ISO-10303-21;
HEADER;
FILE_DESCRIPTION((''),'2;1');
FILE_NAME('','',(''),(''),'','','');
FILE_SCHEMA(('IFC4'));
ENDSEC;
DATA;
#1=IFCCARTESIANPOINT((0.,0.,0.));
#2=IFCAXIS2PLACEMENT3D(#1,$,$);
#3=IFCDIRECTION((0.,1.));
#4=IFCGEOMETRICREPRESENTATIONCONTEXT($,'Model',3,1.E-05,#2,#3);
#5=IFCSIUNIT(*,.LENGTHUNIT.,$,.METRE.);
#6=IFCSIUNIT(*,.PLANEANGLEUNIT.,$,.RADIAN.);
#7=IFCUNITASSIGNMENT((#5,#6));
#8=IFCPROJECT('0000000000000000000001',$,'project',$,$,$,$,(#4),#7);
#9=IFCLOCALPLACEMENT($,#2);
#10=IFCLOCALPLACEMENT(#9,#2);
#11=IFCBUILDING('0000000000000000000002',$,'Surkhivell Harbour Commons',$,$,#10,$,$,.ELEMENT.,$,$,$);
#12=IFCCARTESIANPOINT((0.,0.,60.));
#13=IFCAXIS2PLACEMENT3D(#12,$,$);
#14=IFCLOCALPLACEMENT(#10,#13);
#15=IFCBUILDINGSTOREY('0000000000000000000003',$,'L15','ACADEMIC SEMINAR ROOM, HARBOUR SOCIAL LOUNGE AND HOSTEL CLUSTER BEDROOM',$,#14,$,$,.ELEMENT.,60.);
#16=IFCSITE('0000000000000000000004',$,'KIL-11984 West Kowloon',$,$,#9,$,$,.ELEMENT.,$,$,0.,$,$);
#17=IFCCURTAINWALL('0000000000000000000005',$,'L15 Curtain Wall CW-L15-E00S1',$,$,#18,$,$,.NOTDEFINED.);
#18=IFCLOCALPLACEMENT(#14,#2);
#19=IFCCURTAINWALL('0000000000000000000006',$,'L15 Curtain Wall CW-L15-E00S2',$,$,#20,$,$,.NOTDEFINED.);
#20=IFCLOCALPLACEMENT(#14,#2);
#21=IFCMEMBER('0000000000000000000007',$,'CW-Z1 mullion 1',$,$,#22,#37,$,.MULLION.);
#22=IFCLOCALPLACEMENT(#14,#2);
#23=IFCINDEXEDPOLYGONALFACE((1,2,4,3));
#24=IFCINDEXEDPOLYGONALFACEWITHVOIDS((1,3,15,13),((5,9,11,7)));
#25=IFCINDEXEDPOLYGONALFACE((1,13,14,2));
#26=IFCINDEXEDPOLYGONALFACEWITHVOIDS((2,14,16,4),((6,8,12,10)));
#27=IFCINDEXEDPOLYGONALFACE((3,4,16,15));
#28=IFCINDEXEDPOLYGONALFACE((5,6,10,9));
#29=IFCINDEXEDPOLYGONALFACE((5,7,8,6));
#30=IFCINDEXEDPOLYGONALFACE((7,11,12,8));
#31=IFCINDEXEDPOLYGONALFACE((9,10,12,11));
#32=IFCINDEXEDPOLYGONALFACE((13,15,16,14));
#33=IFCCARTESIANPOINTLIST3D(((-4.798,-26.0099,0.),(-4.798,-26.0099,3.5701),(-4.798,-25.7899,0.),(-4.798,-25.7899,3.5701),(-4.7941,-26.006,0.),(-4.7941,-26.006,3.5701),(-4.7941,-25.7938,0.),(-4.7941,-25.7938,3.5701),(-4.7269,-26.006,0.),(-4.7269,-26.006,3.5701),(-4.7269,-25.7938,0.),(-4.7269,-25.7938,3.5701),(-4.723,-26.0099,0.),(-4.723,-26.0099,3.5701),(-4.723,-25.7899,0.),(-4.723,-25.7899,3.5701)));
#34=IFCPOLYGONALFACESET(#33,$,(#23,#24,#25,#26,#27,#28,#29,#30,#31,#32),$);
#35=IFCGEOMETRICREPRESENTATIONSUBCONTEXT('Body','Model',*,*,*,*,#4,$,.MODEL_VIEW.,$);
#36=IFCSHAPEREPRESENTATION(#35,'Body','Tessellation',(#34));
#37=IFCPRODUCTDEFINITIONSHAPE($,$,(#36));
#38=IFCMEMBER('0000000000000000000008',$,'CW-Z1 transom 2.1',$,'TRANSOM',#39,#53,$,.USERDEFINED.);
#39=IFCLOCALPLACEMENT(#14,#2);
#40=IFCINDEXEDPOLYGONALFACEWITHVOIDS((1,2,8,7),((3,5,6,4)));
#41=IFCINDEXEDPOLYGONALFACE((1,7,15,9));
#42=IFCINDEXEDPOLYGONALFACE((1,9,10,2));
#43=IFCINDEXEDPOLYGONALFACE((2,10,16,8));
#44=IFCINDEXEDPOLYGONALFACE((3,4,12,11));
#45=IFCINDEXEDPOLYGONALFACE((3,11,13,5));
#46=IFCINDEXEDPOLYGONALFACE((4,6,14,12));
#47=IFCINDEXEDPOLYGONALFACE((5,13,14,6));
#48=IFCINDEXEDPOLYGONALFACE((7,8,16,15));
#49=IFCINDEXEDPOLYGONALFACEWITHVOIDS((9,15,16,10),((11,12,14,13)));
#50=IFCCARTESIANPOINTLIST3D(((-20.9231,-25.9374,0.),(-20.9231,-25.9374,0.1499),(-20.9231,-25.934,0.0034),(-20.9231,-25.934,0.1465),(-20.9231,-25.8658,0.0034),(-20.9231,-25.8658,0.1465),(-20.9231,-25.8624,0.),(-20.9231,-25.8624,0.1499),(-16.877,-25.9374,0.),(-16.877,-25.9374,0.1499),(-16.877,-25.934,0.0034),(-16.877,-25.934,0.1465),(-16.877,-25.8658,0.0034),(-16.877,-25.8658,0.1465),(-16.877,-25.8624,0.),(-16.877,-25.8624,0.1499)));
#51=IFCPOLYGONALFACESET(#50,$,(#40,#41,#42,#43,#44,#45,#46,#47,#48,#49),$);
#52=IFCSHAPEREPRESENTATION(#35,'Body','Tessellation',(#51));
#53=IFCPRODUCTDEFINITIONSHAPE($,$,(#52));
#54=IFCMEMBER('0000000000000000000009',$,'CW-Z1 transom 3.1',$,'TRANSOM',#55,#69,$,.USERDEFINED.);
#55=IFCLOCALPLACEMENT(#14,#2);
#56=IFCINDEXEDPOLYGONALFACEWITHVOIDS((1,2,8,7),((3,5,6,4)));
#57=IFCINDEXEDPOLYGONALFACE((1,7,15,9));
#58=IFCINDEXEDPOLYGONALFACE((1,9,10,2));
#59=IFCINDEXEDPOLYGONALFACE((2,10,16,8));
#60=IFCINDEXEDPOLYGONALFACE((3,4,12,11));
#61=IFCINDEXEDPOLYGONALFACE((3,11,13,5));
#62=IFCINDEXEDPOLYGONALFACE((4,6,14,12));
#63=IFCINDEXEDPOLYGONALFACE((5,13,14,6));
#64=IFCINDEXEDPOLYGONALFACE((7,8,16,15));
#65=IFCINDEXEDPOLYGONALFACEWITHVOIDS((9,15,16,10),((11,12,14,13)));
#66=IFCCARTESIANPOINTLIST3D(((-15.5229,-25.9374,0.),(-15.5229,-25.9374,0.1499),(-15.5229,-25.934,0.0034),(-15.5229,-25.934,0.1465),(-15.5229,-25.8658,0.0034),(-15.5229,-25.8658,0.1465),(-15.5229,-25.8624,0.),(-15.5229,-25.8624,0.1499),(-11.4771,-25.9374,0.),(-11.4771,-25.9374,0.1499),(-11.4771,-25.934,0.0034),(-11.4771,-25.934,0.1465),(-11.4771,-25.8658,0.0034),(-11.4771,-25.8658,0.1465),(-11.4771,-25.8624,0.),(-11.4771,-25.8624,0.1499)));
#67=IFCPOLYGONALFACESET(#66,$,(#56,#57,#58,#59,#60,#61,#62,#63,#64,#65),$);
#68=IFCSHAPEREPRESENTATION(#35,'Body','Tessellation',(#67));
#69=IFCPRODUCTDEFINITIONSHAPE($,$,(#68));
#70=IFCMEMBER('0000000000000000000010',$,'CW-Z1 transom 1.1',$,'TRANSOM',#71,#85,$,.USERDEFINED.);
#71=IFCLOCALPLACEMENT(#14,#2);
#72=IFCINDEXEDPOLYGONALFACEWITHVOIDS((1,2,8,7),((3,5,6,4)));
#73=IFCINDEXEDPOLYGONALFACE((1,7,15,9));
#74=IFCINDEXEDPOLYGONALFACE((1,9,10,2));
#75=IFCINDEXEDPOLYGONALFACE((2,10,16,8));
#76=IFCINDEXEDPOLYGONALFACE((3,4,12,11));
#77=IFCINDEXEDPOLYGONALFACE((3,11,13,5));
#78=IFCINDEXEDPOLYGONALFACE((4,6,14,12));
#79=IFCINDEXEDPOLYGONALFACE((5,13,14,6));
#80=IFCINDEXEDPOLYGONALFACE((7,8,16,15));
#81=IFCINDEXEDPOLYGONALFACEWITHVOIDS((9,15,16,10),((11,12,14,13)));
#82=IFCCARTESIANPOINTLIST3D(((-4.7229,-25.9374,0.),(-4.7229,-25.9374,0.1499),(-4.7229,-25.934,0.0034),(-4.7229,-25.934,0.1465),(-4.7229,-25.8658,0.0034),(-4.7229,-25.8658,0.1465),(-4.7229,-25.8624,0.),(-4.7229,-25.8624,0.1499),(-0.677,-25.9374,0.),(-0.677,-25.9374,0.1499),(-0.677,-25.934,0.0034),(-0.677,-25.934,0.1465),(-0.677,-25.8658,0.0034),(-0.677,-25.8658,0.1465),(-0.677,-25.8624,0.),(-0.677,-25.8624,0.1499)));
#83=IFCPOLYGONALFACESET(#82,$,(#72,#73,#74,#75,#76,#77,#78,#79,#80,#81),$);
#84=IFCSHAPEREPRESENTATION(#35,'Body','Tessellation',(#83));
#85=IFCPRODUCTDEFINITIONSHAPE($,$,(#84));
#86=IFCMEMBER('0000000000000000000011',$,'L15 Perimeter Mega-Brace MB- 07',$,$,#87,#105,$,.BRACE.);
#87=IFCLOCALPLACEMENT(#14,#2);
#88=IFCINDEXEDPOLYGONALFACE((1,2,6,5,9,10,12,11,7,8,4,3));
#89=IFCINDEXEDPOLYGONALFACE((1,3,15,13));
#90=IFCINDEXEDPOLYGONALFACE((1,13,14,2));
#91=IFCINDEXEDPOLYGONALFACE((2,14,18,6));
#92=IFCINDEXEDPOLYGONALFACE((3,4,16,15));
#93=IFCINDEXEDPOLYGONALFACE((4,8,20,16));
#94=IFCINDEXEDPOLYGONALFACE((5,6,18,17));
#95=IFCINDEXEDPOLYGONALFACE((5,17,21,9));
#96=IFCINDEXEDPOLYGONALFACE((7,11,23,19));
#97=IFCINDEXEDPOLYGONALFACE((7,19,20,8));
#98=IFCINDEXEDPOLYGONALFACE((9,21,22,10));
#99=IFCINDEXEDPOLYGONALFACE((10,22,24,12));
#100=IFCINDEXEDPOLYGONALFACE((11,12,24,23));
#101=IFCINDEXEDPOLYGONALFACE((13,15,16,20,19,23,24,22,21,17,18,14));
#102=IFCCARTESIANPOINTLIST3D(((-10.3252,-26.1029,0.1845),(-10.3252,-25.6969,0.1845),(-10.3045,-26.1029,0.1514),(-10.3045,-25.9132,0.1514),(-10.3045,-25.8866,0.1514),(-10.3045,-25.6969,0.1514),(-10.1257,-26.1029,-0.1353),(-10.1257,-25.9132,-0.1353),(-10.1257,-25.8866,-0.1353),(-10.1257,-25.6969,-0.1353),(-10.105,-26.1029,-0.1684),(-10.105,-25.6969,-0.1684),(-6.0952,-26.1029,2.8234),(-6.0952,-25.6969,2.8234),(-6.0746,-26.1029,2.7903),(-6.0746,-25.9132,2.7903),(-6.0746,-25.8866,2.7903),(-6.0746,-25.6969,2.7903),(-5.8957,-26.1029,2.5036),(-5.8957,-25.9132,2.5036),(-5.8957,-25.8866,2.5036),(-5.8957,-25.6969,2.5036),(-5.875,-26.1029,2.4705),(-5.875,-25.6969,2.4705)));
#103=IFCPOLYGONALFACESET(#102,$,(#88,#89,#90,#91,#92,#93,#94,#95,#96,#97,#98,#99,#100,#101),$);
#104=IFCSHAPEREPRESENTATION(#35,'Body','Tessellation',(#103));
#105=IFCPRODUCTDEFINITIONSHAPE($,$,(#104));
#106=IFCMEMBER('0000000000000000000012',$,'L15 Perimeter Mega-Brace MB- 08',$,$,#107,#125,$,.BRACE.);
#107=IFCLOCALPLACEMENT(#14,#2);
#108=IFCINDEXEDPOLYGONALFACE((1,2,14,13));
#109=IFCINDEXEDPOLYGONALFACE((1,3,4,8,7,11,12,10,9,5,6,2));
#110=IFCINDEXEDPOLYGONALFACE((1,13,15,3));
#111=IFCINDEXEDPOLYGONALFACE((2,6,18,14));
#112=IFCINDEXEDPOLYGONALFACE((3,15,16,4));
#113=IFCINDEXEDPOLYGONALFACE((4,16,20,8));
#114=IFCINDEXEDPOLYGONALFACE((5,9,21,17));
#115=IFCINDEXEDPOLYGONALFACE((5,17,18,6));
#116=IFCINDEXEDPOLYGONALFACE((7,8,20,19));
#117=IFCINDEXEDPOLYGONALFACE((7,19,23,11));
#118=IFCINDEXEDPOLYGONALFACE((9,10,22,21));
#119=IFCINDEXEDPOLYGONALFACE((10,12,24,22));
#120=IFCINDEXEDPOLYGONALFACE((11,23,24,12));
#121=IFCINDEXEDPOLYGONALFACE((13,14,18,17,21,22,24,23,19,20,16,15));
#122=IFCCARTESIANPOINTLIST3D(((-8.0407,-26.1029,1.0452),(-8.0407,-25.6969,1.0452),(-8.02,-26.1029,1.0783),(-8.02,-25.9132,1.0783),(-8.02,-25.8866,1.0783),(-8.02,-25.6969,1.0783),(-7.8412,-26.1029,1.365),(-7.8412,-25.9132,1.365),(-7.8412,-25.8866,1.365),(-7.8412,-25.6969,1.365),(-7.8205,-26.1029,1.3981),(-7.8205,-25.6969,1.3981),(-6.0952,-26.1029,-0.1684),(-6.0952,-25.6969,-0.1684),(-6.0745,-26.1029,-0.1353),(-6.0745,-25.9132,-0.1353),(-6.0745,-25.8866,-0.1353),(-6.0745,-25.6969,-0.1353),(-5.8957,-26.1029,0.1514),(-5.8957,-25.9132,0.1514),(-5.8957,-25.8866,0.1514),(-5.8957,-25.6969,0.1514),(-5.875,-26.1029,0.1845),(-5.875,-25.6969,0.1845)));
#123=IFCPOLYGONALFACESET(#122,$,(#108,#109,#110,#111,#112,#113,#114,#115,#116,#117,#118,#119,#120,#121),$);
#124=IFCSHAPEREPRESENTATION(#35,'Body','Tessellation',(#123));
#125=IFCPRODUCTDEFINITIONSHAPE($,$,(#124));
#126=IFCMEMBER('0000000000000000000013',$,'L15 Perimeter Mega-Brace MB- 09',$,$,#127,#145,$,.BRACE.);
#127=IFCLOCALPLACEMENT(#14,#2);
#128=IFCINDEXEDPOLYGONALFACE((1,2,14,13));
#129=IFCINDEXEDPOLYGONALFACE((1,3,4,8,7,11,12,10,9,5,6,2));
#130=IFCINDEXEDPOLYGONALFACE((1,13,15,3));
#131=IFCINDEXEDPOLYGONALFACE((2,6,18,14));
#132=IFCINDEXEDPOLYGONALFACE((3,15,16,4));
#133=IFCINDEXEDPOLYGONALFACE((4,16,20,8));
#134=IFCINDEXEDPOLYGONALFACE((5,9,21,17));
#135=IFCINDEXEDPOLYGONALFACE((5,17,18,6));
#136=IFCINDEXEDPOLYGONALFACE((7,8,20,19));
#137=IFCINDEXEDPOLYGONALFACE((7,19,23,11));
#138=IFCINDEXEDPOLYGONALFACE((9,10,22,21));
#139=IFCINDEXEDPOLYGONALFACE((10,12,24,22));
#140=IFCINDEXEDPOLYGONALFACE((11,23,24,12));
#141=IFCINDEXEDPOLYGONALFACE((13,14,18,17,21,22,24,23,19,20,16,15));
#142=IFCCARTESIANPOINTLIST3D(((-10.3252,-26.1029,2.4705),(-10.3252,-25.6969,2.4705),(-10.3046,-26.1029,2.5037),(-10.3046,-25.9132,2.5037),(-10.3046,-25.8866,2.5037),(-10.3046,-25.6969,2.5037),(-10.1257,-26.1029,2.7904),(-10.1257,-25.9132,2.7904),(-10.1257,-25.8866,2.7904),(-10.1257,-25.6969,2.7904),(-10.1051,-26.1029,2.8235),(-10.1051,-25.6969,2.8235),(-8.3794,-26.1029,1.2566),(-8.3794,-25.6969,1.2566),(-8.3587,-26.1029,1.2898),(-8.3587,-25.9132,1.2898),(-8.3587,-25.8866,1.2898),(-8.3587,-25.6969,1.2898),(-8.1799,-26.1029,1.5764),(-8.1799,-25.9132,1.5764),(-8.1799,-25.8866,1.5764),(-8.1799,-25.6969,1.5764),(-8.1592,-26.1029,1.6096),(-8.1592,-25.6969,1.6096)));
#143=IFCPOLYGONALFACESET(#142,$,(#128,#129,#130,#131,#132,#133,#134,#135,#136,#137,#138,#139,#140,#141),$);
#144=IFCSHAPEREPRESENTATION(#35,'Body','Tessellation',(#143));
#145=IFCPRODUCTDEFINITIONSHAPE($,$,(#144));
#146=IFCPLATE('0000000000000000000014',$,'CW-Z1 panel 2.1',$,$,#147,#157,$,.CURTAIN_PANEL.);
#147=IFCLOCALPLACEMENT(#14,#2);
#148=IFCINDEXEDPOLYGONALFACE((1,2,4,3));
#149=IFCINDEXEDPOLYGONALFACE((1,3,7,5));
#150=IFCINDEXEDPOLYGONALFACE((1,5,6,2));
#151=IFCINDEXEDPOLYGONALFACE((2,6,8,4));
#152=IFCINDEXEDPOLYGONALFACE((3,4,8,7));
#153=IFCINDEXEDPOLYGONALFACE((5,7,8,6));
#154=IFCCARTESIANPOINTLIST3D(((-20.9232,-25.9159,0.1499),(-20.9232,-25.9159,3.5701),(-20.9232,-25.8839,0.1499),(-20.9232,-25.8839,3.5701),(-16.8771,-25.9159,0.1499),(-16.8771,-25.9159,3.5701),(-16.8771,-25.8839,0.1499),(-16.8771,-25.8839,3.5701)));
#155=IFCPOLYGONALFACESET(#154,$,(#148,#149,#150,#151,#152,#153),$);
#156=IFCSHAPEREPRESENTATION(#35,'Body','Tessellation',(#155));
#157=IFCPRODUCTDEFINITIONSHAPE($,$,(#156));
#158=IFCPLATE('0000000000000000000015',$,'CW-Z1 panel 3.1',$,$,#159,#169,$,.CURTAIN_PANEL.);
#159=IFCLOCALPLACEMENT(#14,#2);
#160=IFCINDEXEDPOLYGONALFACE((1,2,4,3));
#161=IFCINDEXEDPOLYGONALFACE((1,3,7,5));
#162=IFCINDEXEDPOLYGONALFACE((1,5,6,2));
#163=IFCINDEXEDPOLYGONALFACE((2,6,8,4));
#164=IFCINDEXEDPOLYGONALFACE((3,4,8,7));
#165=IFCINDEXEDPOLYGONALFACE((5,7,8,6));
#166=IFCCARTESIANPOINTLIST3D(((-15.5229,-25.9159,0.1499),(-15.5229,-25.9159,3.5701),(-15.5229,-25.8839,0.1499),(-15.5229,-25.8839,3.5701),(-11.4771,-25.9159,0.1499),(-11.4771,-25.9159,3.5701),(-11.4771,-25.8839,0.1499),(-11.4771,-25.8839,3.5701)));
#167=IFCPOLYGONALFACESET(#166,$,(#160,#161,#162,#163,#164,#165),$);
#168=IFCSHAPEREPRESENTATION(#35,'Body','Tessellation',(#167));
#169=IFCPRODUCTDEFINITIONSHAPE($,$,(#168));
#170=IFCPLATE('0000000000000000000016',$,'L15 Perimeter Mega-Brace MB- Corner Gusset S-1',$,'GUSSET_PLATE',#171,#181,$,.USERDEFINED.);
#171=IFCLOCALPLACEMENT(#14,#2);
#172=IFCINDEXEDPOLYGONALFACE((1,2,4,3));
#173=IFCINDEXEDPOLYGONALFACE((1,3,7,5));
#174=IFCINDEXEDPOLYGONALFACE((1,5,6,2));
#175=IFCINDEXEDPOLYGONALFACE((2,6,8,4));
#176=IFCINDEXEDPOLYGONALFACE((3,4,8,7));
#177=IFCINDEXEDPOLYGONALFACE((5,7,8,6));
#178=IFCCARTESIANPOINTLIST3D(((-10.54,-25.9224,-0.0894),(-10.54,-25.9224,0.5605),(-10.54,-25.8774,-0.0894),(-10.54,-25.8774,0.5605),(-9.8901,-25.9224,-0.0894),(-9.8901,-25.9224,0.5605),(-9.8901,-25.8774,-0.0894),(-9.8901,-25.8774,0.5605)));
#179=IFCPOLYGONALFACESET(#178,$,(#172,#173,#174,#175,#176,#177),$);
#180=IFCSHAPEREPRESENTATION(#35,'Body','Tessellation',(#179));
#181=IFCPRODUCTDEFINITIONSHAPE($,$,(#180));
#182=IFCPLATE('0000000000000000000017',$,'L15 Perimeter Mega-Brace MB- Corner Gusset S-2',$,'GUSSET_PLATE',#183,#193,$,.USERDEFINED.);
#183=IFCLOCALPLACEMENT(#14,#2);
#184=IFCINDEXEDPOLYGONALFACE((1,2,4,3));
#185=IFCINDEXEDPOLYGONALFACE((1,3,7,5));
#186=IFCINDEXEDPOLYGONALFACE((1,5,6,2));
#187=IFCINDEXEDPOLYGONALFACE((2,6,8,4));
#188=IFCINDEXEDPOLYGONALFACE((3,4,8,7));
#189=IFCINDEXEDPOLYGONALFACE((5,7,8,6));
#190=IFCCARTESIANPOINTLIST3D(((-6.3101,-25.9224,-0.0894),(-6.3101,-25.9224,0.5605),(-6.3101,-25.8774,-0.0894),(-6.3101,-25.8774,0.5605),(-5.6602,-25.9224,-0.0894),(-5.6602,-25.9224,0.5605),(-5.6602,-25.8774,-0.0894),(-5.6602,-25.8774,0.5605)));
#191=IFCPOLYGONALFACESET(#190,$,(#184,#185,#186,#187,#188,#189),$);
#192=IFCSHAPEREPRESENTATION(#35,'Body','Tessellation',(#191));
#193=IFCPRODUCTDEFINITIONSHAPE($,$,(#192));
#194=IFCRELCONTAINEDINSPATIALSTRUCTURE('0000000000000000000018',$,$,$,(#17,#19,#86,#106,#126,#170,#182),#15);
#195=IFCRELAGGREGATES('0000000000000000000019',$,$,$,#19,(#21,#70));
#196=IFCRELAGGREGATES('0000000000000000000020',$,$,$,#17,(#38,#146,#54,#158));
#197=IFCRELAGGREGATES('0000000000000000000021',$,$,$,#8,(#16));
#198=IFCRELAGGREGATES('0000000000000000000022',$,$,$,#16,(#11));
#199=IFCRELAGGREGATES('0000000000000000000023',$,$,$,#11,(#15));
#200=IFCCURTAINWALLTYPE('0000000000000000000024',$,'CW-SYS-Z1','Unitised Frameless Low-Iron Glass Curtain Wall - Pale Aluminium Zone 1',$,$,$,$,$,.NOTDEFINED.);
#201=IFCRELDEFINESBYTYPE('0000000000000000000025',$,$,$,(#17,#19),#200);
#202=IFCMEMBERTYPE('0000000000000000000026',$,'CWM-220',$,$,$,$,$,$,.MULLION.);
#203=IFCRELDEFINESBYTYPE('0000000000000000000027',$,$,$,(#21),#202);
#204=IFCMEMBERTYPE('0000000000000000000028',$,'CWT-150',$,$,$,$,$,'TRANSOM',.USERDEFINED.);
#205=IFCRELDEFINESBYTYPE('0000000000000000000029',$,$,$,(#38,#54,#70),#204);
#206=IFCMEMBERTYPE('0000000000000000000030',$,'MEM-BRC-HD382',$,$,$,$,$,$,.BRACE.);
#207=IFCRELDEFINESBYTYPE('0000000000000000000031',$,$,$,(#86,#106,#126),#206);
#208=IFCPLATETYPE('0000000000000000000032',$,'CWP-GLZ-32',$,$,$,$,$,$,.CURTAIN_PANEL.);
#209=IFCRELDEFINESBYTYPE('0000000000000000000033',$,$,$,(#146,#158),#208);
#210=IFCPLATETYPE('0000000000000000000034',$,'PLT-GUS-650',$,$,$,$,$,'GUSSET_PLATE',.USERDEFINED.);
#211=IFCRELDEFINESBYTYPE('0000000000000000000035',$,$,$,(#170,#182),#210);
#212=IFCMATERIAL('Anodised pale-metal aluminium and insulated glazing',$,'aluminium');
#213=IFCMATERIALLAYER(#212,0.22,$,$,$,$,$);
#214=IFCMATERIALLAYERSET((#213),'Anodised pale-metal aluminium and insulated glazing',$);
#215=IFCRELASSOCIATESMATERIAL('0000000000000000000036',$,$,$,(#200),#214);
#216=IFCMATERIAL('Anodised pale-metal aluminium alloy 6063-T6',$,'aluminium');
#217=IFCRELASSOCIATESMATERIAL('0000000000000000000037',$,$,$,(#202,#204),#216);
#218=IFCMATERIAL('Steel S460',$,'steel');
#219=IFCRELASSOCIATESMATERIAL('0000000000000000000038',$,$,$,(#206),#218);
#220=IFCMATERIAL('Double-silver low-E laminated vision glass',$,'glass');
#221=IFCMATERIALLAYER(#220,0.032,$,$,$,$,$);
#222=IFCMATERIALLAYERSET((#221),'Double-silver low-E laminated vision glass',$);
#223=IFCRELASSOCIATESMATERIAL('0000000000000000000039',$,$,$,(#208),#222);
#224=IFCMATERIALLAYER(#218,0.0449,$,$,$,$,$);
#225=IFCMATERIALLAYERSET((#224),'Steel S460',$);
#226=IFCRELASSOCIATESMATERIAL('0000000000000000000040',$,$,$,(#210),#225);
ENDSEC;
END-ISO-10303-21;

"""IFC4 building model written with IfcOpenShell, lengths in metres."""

from ifc_helpers import new_model, si_unit, direction, frame, frame_2d, origin, origin_2d, place, context, subcontext, project, spatial, rectangle, hollow_rectangle, i_section, extrude, material, layer, layer_set, material_profile, profile_set, type_object, element, aggregate, save


model = new_model("IFC4")

# Units and contexts
model_context = context("Model", 3, precision=1e-05, world=origin(), true_north=direction((0.0, 1.0)))
body_context = subcontext(model_context, "Body", "Model", "MODEL_VIEW")
ifc_project = project(units=[si_unit("LENGTHUNIT", "METRE"), si_unit("PLANEANGLEUNIT", "RADIAN")], contexts=[model_context])

# Site, building, storey
site_placement = place(None, origin())
site = spatial("IfcSite", under=ifc_project, at=site_placement, Name="KIL-11984 West Kowloon", CompositionType="ELEMENT", RefElevation=0.0)
building_placement = place(site_placement, origin())
building = spatial("IfcBuilding", under=site, at=building_placement, Name="Surkhivell Harbour Commons", CompositionType="ELEMENT")
storey_placement = place(building_placement, frame((0.0, 0.0, 60.0)))
storey = spatial("IfcBuildingStorey", under=building, at=storey_placement, Name="L15", Description="ACADEMIC SEMINAR ROOM, HARBOUR SOCIAL LOUNGE AND HOSTEL CLUSTER BEDROOM", CompositionType="ELEMENT", Elevation=60.0)

# Shared definitions
ifc_material_1 = material(Name="Steel S460", Category="steel")

# Curtain wall
ifc_material_2 = material(Name="Anodised pale-metal aluminium and insulated glazing", Category="aluminium")
ifc_layer_1 = layer(ifc_material_2, 0.22)
ifc_layer_set_1 = layer_set([ifc_layer_1], Name="Anodised pale-metal aluminium and insulated glazing")
curtain_wall_type = type_object("IfcCurtainWallType", Name="CW-SYS-Z1", Description="Unitised Frameless Low-Iron Glass Curtain Wall - Pale Aluminium Zone 1", PredefinedType="NOTDEFINED", material=ifc_layer_set_1)
curtain_wall_1_placement = place(storey_placement, origin())
curtain_wall_1 = element("IfcCurtainWall", 1, at=curtain_wall_1_placement, inside=storey, type_object=curtain_wall_type, Name="L15 Curtain Wall CW-L15-E00S1", PredefinedType="NOTDEFINED")
ifc_material_3 = material(Name="Anodised pale-metal aluminium alloy 6063-T6", Category="aluminium")
ifc_material_profile_1 = material_profile(ifc_material_3, hollow_rectangle(XDim=0.075, YDim=0.22, WallThickness=0.0039, at=origin_2d()), Name="ALU-MULL-75x220")
ifc_profile_set_1 = profile_set([ifc_material_profile_1], Name="Anodised pale-metal aluminium alloy 6063-T6")
member_type_1 = type_object("IfcMemberType", Name="CWM-220", PredefinedType="MULLION", material=ifc_profile_set_1)

# Curtain wall, member
curtain_wall_2_placement = place(storey_placement, origin())
curtain_wall_2 = element("IfcCurtainWall", 2, at=curtain_wall_2_placement, inside=storey, type_object=curtain_wall_type, Name="L15 Curtain Wall CW-L15-E00S2", PredefinedType="NOTDEFINED")
member_1_placement = place(storey_placement, frame((-4.7605, -25.8999, 0.0), z_axis=(0.0, 0.0, 1.0), x_axis=(1.0, 0.0, 0.0)))
member_1 = element("IfcMember", 3, at=member_1_placement, type_object=member_type_1, Name="CW-Z1 mullion 1", PredefinedType="MULLION", context=body_context, shape_type="SweptSolid", body=[
    extrude(hollow_rectangle(XDim=0.075, YDim=0.22, WallThickness=0.0039, at=origin_2d()), origin(), (0.0, 0.0, 1.0), 3.5701),
])

# Members
ifc_material_profile_2 = material_profile(ifc_material_3, hollow_rectangle(XDim=0.075, YDim=0.1499, WallThickness=0.0034, at=origin_2d()), Name="ALU-TRAN-75x150")
ifc_profile_set_2 = profile_set([ifc_material_profile_2], Name="Anodised pale-metal aluminium alloy 6063-T6")
member_type_2 = type_object("IfcMemberType", Name="CWT-150", ElementType="TRANSOM", PredefinedType="USERDEFINED", material=ifc_profile_set_2)
member_2_placement = place(storey_placement, frame((-20.9231, -25.8999, 0.075), z_axis=(1.0, 0.0, 0.0), x_axis=(0.0, 1.0, 0.0)))
member_2 = element("IfcMember", 4, at=member_2_placement, type_object=member_type_2, Name="CW-Z1 transom 2.1", ObjectType="TRANSOM", PredefinedType="USERDEFINED", context=body_context, shape_type="SweptSolid", body=[
    extrude(hollow_rectangle(XDim=0.075, YDim=0.1499, WallThickness=0.0034, at=origin_2d()), origin(), (0.0, 0.0, 1.0), 4.0461),
])
member_3_placement = place(storey_placement, frame((-15.5229, -25.8999, 0.075), z_axis=(1.0, 0.0, 0.0), x_axis=(0.0, 1.0, 0.0)))
member_3 = element("IfcMember", 5, at=member_3_placement, type_object=member_type_2, Name="CW-Z1 transom 3.1", ObjectType="TRANSOM", PredefinedType="USERDEFINED", context=body_context, shape_type="SweptSolid", body=[
    extrude(hollow_rectangle(XDim=0.075, YDim=0.1499, WallThickness=0.0034, at=origin_2d()), origin(), (0.0, 0.0, 1.0), 4.0459),
])
member_4_placement = place(storey_placement, frame((-4.7229, -25.8999, 0.075), z_axis=(1.0, 0.0, 0.0), x_axis=(0.0, 1.0, 0.0)))
member_4 = element("IfcMember", 6, at=member_4_placement, type_object=member_type_2, Name="CW-Z1 transom 1.1", ObjectType="TRANSOM", PredefinedType="USERDEFINED", context=body_context, shape_type="SweptSolid", body=[
    extrude(hollow_rectangle(XDim=0.075, YDim=0.1499, WallThickness=0.0034, at=origin_2d()), origin(), (0.0, 0.0, 1.0), 4.0459),
])
aggregate(curtain_wall_2, [member_1, member_4])

# Members
ifc_material_profile_3 = material_profile(ifc_material_1, i_section(OverallWidth=0.406, OverallDepth=0.416, WebThickness=0.0266, FlangeThickness=0.0391, at=origin_2d()), Name="HD400x382")
ifc_profile_set_3 = profile_set([ifc_material_profile_3], Name="Steel S460")
member_type_3 = type_object("IfcMemberType", Name="MEM-BRC-HD382", PredefinedType="BRACE", material=ifc_profile_set_3)
member_5_placement = place(storey_placement, frame((-10.2151, -25.8999, 0.0081), z_axis=(0.848433, 0.0, 0.529303), x_axis=(0.0, 1.0, 0.0)))
element("IfcMember", 7, at=member_5_placement, inside=storey, type_object=member_type_3, Name="L15 Perimeter Mega-Brace MB- 07", PredefinedType="BRACE", context=body_context, shape_type="SweptSolid", body=[
    extrude(i_section(OverallWidth=0.406, OverallDepth=0.416, WebThickness=0.0266, FlangeThickness=0.0391, at=origin_2d()), origin(), (0.0, 0.0, 1.0), 4.9856),
])
member_6_placement = place(storey_placement, frame((-5.9851, -25.8999, 0.0081), z_axis=(-0.848459, 0.0, 0.529262), x_axis=(0.0, -1.0, 0.0)))
element("IfcMember", 8, at=member_6_placement, inside=storey, type_object=member_type_3, Name="L15 Perimeter Mega-Brace MB- 08", PredefinedType="BRACE", context=body_context, shape_type="SweptSolid", body=[
    extrude(i_section(OverallWidth=0.406, OverallDepth=0.416, WebThickness=0.0266, FlangeThickness=0.0391, at=origin_2d()), origin(), (0.0, 0.0, 1.0), 2.293),
])
member_7_placement = place(storey_placement, frame((-8.2693, -25.8999, 1.4331), z_axis=(-0.848441, 0.0, 0.529291), x_axis=(0.0, -1.0, 0.0)))
element("IfcMember", 9, at=member_7_placement, inside=storey, type_object=member_type_3, Name="L15 Perimeter Mega-Brace MB- 09", PredefinedType="BRACE", context=body_context, shape_type="SweptSolid", body=[
    extrude(i_section(OverallWidth=0.406, OverallDepth=0.416, WebThickness=0.0266, FlangeThickness=0.0391, at=origin_2d()), origin(), (0.0, 0.0, 1.0), 2.2935),
])

# Plates
ifc_material_4 = material(Name="Double-silver low-E laminated vision glass", Category="glass")
ifc_layer_2 = layer(ifc_material_4, 0.032)
ifc_layer_set_2 = layer_set([ifc_layer_2], Name="Double-silver low-E laminated vision glass")
plate_type_1 = type_object("IfcPlateType", Name="CWP-GLZ-32", PredefinedType="CURTAIN_PANEL", material=ifc_layer_set_2)
plate_1_placement = place(storey_placement, frame((-20.9231, -25.8999, 0.1499), z_axis=(0.0, 0.0, 1.0), x_axis=(1.0, 0.0, 0.0)))
plate_1 = element("IfcPlate", 10, at=plate_1_placement, type_object=plate_type_1, Name="CW-Z1 panel 2.1", PredefinedType="CURTAIN_PANEL", context=body_context, shape_type="SweptSolid", body=[
    extrude(rectangle(XDim=4.0461, YDim=0.032, at=frame_2d((2.0229, 0.0))), origin(), (0.0, 0.0, 1.0), 3.4202),
])
plate_2_placement = place(storey_placement, frame((-15.5229, -25.8999, 0.1499), z_axis=(0.0, 0.0, 1.0), x_axis=(1.0, 0.0, 0.0)))
plate_2 = element("IfcPlate", 11, at=plate_2_placement, type_object=plate_type_1, Name="CW-Z1 panel 3.1", PredefinedType="CURTAIN_PANEL", context=body_context, shape_type="SweptSolid", body=[
    extrude(rectangle(XDim=4.0459, YDim=0.032, at=frame_2d((2.0229, 0.0))), origin(), (0.0, 0.0, 1.0), 3.4202),
])
aggregate(curtain_wall_1, [member_2, plate_1, member_3, plate_2])

# Plates
ifc_layer_3 = layer(ifc_material_1, 0.0449)
ifc_layer_set_3 = layer_set([ifc_layer_3], Name="Steel S460")
plate_type_2 = type_object("IfcPlateType", Name="PLT-GUS-650", ElementType="GUSSET_PLATE", PredefinedType="USERDEFINED", material=ifc_layer_set_3)
for number, where, z_axis, x_axis, name in (
    (12, (-10.2151, -25.8999, -0.0894), (0.0, 0.0, 1.0), (1.0, 0.0, 0.0), "L15 Perimeter Mega-Brace MB- Corner Gusset S-1"),
    (13, (-5.9851, -25.8999, -0.0894), (0.0, 0.0, 1.0), (1.0, 0.0, 0.0), "L15 Perimeter Mega-Brace MB- Corner Gusset S-2"),
):
    element("IfcPlate", number, at=place(storey_placement, frame(where, z_axis=z_axis, x_axis=x_axis)), inside=storey, type_object=plate_type_2, Name=name, ObjectType="GUSSET_PLATE", PredefinedType="USERDEFINED", context=body_context, shape_type="SweptSolid", body=[
        extrude(rectangle(XDim=0.6499, YDim=0.0449, at=origin_2d()), origin(), (0.0, 0.0, 1.0), 0.6499),
    ])

save(model, "model.ifc")
